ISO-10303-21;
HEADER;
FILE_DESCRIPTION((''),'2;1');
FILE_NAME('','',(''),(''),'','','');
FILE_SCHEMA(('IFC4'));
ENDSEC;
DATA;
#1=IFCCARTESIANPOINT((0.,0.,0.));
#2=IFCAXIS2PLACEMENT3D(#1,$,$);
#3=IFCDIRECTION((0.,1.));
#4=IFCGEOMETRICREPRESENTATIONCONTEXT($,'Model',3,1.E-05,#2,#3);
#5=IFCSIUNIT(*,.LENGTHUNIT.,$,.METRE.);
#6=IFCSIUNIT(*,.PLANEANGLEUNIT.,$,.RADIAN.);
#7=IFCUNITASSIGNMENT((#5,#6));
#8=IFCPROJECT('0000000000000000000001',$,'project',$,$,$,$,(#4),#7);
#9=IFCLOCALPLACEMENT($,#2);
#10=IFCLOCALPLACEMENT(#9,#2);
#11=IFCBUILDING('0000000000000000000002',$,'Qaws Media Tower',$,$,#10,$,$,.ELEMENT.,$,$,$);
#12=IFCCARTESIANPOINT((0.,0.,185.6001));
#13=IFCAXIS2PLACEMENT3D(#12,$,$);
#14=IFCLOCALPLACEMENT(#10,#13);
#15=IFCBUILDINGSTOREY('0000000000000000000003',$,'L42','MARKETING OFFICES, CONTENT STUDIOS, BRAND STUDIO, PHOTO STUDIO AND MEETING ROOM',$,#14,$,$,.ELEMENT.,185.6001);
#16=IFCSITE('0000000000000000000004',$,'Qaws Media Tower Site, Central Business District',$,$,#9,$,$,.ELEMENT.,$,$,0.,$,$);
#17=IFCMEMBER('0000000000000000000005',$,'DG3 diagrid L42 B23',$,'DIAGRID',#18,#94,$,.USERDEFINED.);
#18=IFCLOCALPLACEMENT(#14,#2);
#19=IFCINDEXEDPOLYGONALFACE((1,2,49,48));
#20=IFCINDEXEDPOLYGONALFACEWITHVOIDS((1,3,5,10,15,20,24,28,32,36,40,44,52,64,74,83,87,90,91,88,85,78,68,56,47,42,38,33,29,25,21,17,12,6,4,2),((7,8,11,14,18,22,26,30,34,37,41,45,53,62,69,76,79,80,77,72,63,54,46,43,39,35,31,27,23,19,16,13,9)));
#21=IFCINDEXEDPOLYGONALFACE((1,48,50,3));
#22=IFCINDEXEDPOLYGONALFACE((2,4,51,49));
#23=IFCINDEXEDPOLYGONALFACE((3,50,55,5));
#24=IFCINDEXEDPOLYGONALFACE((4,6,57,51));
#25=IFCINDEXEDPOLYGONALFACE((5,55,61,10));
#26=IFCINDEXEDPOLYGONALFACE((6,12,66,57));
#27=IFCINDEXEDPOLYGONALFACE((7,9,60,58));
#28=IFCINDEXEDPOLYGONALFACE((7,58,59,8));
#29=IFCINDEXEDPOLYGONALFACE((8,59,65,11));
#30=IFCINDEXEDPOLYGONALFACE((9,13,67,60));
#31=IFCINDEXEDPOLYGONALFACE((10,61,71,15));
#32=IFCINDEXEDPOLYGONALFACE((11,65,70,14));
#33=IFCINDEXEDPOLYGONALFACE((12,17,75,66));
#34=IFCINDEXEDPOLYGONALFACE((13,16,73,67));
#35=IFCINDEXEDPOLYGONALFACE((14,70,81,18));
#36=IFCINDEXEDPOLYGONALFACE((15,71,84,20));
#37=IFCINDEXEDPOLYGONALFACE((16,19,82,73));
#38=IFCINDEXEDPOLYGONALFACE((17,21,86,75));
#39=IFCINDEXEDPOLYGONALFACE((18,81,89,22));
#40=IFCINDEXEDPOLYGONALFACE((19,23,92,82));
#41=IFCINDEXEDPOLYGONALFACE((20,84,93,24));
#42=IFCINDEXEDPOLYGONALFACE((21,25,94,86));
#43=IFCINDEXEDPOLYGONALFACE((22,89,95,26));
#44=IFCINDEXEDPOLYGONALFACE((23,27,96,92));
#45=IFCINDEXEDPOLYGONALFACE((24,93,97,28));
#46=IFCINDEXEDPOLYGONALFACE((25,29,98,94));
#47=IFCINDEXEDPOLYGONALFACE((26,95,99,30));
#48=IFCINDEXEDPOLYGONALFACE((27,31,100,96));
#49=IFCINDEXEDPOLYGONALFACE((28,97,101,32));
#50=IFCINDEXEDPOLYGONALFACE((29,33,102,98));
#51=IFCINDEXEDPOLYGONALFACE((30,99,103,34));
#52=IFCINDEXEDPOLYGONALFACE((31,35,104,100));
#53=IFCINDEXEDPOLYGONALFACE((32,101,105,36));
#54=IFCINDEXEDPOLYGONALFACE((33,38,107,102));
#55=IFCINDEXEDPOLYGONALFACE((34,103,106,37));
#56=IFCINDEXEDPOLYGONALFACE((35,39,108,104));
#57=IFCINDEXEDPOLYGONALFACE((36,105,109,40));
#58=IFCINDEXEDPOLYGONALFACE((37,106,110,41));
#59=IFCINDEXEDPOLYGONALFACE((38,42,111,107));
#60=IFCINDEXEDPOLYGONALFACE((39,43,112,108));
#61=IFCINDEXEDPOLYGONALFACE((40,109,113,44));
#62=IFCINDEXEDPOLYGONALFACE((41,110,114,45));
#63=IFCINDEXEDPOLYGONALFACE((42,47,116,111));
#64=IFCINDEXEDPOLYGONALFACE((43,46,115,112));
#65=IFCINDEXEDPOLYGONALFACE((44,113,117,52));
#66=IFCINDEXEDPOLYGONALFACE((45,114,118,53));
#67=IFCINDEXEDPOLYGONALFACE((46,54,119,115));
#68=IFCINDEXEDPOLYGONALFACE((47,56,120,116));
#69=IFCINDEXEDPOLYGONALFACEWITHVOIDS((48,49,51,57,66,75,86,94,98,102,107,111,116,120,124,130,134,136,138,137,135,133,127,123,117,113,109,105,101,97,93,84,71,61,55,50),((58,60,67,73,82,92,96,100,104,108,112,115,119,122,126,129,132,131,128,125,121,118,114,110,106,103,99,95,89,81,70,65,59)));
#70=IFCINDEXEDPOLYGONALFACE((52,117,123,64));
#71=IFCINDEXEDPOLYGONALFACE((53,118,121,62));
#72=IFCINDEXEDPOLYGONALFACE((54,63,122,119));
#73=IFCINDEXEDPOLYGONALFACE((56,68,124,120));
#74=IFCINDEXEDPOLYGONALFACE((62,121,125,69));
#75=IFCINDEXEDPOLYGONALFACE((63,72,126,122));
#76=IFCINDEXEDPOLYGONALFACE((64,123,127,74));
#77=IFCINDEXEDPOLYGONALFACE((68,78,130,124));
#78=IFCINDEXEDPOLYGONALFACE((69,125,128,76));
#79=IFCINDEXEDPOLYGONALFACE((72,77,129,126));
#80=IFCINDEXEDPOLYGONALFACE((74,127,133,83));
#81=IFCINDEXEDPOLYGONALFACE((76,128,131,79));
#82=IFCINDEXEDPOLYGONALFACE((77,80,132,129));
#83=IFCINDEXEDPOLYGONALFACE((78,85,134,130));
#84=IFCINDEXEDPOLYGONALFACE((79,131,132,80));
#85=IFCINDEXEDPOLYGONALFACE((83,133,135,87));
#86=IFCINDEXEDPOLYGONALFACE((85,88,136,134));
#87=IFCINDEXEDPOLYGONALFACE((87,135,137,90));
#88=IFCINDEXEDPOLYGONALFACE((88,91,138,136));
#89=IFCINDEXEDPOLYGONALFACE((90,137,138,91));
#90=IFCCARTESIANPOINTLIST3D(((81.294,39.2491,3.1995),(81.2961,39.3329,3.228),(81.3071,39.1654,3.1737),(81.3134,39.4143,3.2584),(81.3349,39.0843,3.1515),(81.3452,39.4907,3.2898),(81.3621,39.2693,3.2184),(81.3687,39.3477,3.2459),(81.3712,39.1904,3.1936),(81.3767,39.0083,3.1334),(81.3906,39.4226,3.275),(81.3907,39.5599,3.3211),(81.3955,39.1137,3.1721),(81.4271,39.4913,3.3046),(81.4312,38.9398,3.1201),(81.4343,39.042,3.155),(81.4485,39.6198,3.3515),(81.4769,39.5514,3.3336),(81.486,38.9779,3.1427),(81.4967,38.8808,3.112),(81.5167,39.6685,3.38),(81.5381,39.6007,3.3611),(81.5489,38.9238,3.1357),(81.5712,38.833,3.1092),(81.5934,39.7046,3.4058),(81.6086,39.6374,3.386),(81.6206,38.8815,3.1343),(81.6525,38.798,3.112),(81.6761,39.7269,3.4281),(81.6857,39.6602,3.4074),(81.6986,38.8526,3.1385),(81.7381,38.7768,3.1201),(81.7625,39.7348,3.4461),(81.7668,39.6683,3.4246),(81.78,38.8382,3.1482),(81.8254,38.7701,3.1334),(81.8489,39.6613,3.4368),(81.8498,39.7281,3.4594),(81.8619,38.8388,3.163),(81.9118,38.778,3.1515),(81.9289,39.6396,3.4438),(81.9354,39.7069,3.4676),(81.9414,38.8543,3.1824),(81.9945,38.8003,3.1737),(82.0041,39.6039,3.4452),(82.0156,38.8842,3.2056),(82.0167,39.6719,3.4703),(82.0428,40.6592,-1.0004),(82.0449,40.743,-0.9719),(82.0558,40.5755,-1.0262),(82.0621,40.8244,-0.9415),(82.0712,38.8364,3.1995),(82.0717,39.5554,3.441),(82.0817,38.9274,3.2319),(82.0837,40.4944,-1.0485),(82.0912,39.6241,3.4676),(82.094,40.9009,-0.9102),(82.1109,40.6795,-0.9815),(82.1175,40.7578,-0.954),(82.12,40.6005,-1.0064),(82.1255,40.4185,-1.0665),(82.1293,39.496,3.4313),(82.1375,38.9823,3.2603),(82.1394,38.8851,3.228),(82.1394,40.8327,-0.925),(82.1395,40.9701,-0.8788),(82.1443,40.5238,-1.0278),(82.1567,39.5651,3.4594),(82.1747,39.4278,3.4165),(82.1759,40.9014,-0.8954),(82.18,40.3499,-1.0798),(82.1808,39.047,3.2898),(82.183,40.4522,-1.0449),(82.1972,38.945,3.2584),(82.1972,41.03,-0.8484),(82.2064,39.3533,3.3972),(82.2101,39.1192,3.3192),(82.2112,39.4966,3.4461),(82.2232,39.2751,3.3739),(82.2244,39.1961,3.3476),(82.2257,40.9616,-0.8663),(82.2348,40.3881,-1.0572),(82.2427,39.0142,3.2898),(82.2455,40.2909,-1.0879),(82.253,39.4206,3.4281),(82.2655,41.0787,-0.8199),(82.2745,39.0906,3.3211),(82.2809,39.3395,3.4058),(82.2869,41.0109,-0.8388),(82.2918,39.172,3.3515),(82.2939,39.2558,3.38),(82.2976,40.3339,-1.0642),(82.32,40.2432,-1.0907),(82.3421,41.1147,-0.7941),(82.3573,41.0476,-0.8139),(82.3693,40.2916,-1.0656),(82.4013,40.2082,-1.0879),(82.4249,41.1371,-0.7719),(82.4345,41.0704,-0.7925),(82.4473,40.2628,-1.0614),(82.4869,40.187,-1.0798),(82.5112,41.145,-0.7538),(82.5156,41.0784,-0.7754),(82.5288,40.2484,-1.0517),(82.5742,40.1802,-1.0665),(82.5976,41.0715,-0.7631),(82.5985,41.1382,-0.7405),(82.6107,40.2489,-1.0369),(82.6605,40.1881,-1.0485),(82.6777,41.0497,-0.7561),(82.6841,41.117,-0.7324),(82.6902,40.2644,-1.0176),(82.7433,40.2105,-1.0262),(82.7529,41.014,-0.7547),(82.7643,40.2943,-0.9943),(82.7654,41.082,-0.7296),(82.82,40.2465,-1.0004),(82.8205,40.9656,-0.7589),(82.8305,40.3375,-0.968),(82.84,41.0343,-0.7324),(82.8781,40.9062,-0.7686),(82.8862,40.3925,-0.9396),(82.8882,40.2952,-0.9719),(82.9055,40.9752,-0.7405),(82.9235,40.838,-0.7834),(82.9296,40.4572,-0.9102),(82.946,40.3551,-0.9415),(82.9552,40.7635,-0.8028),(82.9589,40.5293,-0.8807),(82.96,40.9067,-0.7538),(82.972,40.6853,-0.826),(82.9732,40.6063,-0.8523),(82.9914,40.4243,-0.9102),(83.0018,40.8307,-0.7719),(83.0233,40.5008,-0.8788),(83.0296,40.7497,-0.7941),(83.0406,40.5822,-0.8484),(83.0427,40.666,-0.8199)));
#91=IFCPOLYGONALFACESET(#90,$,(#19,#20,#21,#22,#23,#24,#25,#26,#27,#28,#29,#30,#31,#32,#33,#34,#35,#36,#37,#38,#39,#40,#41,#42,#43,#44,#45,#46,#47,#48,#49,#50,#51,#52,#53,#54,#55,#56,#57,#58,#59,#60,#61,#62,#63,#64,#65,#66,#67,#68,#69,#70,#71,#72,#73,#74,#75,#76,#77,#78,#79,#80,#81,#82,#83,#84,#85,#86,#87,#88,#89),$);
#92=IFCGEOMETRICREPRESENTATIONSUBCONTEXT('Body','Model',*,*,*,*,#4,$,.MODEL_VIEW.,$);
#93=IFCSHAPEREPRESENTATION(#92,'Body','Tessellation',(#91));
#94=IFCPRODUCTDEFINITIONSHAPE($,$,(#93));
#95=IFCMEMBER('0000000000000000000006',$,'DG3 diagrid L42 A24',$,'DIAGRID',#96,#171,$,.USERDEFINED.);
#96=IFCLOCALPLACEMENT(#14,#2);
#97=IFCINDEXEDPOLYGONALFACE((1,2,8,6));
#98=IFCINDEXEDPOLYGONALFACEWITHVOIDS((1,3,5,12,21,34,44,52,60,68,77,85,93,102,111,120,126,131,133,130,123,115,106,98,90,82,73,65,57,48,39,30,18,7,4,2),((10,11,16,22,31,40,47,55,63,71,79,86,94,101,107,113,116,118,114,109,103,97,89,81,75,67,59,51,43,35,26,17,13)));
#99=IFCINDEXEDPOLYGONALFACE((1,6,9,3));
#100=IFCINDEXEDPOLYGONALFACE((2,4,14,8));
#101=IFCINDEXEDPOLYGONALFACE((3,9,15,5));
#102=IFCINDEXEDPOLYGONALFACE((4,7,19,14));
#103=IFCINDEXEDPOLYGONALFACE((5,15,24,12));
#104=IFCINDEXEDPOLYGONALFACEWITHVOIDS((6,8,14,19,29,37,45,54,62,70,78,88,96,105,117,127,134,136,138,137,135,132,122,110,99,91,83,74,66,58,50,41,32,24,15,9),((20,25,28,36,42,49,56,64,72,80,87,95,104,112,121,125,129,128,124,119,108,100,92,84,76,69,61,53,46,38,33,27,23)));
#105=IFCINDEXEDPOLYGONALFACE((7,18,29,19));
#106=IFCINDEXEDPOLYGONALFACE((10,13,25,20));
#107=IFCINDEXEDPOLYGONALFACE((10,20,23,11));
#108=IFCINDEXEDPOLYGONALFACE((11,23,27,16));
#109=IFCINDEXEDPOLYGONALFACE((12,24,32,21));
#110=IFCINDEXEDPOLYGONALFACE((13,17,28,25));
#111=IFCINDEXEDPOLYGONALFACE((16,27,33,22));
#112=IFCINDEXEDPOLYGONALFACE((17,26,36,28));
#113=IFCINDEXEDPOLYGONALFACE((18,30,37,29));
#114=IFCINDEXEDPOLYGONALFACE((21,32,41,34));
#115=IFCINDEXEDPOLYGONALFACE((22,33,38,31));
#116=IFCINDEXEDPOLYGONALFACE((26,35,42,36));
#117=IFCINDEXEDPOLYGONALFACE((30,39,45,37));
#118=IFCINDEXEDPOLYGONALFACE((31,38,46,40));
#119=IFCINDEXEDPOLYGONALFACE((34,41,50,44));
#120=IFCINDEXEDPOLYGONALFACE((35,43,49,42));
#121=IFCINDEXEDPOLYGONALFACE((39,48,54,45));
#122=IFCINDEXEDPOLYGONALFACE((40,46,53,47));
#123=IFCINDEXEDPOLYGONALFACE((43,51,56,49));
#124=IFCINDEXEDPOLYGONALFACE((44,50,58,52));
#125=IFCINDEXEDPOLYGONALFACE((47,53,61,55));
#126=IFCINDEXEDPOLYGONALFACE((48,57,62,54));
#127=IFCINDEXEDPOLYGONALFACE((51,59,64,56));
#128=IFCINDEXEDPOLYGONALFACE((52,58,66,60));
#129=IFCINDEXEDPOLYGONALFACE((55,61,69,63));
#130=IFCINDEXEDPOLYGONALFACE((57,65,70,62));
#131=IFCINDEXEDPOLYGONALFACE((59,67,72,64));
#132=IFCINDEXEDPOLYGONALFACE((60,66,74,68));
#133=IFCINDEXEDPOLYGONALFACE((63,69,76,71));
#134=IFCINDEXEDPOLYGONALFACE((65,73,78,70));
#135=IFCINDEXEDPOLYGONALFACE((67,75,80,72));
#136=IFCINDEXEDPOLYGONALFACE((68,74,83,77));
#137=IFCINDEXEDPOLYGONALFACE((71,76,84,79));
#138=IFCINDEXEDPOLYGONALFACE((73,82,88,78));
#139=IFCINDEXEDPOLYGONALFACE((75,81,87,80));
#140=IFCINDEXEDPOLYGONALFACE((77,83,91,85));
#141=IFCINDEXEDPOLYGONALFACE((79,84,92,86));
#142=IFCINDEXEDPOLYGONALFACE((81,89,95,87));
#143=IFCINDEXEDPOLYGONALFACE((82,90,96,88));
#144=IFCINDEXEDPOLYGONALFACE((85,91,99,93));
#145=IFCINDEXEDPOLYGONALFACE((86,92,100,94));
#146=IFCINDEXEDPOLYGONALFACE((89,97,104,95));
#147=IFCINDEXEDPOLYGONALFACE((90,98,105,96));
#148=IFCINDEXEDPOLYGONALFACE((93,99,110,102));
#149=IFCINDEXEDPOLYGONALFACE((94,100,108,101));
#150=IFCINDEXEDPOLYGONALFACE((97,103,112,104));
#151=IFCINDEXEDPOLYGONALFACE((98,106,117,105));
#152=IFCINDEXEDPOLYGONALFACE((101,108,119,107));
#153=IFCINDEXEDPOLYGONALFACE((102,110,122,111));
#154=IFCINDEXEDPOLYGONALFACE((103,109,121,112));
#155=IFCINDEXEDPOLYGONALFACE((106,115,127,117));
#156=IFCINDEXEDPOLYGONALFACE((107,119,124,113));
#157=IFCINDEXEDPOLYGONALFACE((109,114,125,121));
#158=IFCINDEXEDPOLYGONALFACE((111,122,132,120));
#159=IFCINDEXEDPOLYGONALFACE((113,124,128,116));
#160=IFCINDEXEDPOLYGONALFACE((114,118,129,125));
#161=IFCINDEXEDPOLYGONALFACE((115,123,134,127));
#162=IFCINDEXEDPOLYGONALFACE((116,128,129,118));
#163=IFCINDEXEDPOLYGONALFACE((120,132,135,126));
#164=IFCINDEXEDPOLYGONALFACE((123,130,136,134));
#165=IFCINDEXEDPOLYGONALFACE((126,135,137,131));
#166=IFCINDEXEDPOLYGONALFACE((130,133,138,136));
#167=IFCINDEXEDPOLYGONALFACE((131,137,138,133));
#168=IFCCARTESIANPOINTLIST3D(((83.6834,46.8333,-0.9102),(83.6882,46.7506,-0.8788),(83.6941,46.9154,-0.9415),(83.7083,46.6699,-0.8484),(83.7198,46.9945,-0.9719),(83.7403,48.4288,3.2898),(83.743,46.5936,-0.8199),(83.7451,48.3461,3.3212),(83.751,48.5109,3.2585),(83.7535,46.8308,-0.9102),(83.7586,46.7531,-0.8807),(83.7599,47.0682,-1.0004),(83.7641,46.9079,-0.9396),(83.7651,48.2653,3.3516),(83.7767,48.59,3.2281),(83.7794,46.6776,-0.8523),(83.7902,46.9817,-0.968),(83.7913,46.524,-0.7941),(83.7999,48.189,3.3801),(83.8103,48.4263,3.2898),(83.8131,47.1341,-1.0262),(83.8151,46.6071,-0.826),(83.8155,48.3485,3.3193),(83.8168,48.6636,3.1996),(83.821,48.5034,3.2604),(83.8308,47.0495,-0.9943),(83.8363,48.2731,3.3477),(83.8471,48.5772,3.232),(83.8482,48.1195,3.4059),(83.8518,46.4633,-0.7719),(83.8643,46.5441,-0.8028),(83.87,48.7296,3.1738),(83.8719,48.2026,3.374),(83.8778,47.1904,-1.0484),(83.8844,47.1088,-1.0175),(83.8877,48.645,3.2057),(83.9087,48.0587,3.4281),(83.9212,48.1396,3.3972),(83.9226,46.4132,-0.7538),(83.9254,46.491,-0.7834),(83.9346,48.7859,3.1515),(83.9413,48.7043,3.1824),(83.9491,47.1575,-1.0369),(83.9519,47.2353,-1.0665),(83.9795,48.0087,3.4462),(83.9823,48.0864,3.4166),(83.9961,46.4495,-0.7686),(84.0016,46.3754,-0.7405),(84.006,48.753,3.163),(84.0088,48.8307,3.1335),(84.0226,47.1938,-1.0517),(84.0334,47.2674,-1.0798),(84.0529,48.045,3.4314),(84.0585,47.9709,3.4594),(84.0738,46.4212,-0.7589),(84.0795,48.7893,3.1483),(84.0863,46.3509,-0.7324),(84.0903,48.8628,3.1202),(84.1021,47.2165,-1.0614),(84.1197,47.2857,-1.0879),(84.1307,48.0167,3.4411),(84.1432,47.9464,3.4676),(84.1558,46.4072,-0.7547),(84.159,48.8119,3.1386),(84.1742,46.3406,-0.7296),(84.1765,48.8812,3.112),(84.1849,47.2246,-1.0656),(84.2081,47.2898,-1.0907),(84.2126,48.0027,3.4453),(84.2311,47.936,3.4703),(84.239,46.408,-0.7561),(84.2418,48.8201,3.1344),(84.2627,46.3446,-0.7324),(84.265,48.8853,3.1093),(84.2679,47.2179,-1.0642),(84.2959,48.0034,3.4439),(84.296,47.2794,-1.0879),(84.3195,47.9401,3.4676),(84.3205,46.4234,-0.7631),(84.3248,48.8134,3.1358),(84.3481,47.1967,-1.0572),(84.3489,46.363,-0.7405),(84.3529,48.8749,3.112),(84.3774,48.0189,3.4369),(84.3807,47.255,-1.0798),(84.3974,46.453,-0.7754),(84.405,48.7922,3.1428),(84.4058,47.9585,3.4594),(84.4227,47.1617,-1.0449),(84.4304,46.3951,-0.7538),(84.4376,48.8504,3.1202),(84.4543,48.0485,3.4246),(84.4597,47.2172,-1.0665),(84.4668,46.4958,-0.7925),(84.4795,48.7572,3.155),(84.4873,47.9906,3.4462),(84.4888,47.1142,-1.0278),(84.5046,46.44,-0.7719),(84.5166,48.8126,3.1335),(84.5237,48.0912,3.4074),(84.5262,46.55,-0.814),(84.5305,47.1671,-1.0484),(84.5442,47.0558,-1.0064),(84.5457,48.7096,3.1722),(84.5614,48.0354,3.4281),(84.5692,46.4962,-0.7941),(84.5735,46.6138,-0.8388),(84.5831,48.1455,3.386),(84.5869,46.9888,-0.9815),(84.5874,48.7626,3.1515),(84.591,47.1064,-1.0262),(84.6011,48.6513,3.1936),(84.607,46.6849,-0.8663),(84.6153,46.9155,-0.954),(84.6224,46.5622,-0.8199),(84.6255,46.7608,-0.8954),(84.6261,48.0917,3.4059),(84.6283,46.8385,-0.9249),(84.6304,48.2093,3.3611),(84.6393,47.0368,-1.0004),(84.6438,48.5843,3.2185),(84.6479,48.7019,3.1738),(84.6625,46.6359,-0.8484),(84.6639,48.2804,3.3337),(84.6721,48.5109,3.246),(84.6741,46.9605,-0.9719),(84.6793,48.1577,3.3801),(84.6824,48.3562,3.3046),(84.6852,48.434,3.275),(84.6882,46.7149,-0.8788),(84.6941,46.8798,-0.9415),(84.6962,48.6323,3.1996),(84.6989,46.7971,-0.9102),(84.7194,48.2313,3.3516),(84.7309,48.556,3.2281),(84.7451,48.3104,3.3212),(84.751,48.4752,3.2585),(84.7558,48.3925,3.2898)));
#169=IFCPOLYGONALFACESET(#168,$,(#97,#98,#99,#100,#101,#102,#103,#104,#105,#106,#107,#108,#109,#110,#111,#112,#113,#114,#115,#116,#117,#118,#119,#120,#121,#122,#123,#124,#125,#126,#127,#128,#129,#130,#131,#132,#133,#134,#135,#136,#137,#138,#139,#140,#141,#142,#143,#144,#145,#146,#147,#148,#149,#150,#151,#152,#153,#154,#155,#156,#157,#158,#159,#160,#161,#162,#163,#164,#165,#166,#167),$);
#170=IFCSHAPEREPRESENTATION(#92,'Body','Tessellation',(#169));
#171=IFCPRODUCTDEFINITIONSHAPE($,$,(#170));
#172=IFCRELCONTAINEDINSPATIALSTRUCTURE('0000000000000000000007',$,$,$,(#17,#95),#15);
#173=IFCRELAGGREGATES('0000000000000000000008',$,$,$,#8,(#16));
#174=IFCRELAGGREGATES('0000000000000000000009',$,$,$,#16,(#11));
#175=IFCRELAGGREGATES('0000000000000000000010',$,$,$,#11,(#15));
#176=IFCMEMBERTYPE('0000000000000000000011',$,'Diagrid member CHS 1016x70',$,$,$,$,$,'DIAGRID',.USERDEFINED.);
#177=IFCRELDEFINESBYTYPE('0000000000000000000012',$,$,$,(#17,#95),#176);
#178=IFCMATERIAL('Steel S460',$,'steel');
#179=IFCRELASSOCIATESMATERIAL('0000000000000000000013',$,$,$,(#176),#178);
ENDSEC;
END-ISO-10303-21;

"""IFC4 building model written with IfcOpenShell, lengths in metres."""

from ifc_helpers import new_model, si_unit, direction, frame, origin, origin_2d, place, context, subcontext, project, spatial, hollow_circle, extrude, material, material_profile, profile_set, type_object, element, save


model = new_model("IFC4")

# Units and contexts
model_context = context("Model", 3, precision=1e-05, world=origin(), true_north=direction((0.0, 1.0)))
body_context = subcontext(model_context, "Body", "Model", "MODEL_VIEW")
ifc_project = project(units=[si_unit("LENGTHUNIT", "METRE"), si_unit("PLANEANGLEUNIT", "RADIAN")], contexts=[model_context])

# Site, building, storey
site_placement = place(None, origin())
site = spatial("IfcSite", under=ifc_project, at=site_placement, Name="Qaws Media Tower Site, Central Business District", CompositionType="ELEMENT", RefElevation=0.0)
building_placement = place(site_placement, origin())
building = spatial("IfcBuilding", under=site, at=building_placement, Name="Qaws Media Tower", CompositionType="ELEMENT")
storey_placement = place(building_placement, frame((0.0, 0.0, 185.6001)))
storey = spatial("IfcBuildingStorey", under=building, at=storey_placement, Name="L42", Description="MARKETING OFFICES, CONTENT STUDIOS, BRAND STUDIO, PHOTO STUDIO AND MEETING ROOM", CompositionType="ELEMENT", Elevation=185.6001)

# Members
ifc_material_1 = material(Name="Steel S460", Category="steel")
ifc_material_profile_1 = material_profile(ifc_material_1, hollow_circle(Radius=0.5081, WallThickness=0.0701, at=origin_2d()), Name="CHS 1016x70")
ifc_profile_set_1 = profile_set([ifc_material_profile_1], Name="Steel S460")
member_type_1 = type_object("IfcMemberType", Name="Diagrid member CHS 1016x70", ElementType="DIAGRID", PredefinedType="USERDEFINED", material=ifc_profile_set_1)
for number, where, z_axis, x_axis, name in (
    (1, (82.5427, 40.6626, -0.9102), (-0.166647, -0.313843, 0.934736), (0.883211, -0.468976, 0.0), "DG3 diagrid L42 B23"),
    (2, (84.1912, 46.8152, -0.9102), (0.01266, 0.355088, 0.934747), (-0.999365, 0.035632, 0.0), "DG3 diagrid L42 A24"),
):
    element("IfcMember", number, at=place(storey_placement, frame(where, z_axis=z_axis, x_axis=x_axis)), inside=storey, type_object=member_type_1, Name=name, ObjectType="DIAGRID", PredefinedType="USERDEFINED", context=body_context, shape_type="SweptSolid", body=[
        extrude(hollow_circle(Radius=0.5081, WallThickness=0.0701, at=origin_2d()), origin(), (0.0, 0.0, 1.0), 4.4932),
    ])

save(model, "model.ifc")
